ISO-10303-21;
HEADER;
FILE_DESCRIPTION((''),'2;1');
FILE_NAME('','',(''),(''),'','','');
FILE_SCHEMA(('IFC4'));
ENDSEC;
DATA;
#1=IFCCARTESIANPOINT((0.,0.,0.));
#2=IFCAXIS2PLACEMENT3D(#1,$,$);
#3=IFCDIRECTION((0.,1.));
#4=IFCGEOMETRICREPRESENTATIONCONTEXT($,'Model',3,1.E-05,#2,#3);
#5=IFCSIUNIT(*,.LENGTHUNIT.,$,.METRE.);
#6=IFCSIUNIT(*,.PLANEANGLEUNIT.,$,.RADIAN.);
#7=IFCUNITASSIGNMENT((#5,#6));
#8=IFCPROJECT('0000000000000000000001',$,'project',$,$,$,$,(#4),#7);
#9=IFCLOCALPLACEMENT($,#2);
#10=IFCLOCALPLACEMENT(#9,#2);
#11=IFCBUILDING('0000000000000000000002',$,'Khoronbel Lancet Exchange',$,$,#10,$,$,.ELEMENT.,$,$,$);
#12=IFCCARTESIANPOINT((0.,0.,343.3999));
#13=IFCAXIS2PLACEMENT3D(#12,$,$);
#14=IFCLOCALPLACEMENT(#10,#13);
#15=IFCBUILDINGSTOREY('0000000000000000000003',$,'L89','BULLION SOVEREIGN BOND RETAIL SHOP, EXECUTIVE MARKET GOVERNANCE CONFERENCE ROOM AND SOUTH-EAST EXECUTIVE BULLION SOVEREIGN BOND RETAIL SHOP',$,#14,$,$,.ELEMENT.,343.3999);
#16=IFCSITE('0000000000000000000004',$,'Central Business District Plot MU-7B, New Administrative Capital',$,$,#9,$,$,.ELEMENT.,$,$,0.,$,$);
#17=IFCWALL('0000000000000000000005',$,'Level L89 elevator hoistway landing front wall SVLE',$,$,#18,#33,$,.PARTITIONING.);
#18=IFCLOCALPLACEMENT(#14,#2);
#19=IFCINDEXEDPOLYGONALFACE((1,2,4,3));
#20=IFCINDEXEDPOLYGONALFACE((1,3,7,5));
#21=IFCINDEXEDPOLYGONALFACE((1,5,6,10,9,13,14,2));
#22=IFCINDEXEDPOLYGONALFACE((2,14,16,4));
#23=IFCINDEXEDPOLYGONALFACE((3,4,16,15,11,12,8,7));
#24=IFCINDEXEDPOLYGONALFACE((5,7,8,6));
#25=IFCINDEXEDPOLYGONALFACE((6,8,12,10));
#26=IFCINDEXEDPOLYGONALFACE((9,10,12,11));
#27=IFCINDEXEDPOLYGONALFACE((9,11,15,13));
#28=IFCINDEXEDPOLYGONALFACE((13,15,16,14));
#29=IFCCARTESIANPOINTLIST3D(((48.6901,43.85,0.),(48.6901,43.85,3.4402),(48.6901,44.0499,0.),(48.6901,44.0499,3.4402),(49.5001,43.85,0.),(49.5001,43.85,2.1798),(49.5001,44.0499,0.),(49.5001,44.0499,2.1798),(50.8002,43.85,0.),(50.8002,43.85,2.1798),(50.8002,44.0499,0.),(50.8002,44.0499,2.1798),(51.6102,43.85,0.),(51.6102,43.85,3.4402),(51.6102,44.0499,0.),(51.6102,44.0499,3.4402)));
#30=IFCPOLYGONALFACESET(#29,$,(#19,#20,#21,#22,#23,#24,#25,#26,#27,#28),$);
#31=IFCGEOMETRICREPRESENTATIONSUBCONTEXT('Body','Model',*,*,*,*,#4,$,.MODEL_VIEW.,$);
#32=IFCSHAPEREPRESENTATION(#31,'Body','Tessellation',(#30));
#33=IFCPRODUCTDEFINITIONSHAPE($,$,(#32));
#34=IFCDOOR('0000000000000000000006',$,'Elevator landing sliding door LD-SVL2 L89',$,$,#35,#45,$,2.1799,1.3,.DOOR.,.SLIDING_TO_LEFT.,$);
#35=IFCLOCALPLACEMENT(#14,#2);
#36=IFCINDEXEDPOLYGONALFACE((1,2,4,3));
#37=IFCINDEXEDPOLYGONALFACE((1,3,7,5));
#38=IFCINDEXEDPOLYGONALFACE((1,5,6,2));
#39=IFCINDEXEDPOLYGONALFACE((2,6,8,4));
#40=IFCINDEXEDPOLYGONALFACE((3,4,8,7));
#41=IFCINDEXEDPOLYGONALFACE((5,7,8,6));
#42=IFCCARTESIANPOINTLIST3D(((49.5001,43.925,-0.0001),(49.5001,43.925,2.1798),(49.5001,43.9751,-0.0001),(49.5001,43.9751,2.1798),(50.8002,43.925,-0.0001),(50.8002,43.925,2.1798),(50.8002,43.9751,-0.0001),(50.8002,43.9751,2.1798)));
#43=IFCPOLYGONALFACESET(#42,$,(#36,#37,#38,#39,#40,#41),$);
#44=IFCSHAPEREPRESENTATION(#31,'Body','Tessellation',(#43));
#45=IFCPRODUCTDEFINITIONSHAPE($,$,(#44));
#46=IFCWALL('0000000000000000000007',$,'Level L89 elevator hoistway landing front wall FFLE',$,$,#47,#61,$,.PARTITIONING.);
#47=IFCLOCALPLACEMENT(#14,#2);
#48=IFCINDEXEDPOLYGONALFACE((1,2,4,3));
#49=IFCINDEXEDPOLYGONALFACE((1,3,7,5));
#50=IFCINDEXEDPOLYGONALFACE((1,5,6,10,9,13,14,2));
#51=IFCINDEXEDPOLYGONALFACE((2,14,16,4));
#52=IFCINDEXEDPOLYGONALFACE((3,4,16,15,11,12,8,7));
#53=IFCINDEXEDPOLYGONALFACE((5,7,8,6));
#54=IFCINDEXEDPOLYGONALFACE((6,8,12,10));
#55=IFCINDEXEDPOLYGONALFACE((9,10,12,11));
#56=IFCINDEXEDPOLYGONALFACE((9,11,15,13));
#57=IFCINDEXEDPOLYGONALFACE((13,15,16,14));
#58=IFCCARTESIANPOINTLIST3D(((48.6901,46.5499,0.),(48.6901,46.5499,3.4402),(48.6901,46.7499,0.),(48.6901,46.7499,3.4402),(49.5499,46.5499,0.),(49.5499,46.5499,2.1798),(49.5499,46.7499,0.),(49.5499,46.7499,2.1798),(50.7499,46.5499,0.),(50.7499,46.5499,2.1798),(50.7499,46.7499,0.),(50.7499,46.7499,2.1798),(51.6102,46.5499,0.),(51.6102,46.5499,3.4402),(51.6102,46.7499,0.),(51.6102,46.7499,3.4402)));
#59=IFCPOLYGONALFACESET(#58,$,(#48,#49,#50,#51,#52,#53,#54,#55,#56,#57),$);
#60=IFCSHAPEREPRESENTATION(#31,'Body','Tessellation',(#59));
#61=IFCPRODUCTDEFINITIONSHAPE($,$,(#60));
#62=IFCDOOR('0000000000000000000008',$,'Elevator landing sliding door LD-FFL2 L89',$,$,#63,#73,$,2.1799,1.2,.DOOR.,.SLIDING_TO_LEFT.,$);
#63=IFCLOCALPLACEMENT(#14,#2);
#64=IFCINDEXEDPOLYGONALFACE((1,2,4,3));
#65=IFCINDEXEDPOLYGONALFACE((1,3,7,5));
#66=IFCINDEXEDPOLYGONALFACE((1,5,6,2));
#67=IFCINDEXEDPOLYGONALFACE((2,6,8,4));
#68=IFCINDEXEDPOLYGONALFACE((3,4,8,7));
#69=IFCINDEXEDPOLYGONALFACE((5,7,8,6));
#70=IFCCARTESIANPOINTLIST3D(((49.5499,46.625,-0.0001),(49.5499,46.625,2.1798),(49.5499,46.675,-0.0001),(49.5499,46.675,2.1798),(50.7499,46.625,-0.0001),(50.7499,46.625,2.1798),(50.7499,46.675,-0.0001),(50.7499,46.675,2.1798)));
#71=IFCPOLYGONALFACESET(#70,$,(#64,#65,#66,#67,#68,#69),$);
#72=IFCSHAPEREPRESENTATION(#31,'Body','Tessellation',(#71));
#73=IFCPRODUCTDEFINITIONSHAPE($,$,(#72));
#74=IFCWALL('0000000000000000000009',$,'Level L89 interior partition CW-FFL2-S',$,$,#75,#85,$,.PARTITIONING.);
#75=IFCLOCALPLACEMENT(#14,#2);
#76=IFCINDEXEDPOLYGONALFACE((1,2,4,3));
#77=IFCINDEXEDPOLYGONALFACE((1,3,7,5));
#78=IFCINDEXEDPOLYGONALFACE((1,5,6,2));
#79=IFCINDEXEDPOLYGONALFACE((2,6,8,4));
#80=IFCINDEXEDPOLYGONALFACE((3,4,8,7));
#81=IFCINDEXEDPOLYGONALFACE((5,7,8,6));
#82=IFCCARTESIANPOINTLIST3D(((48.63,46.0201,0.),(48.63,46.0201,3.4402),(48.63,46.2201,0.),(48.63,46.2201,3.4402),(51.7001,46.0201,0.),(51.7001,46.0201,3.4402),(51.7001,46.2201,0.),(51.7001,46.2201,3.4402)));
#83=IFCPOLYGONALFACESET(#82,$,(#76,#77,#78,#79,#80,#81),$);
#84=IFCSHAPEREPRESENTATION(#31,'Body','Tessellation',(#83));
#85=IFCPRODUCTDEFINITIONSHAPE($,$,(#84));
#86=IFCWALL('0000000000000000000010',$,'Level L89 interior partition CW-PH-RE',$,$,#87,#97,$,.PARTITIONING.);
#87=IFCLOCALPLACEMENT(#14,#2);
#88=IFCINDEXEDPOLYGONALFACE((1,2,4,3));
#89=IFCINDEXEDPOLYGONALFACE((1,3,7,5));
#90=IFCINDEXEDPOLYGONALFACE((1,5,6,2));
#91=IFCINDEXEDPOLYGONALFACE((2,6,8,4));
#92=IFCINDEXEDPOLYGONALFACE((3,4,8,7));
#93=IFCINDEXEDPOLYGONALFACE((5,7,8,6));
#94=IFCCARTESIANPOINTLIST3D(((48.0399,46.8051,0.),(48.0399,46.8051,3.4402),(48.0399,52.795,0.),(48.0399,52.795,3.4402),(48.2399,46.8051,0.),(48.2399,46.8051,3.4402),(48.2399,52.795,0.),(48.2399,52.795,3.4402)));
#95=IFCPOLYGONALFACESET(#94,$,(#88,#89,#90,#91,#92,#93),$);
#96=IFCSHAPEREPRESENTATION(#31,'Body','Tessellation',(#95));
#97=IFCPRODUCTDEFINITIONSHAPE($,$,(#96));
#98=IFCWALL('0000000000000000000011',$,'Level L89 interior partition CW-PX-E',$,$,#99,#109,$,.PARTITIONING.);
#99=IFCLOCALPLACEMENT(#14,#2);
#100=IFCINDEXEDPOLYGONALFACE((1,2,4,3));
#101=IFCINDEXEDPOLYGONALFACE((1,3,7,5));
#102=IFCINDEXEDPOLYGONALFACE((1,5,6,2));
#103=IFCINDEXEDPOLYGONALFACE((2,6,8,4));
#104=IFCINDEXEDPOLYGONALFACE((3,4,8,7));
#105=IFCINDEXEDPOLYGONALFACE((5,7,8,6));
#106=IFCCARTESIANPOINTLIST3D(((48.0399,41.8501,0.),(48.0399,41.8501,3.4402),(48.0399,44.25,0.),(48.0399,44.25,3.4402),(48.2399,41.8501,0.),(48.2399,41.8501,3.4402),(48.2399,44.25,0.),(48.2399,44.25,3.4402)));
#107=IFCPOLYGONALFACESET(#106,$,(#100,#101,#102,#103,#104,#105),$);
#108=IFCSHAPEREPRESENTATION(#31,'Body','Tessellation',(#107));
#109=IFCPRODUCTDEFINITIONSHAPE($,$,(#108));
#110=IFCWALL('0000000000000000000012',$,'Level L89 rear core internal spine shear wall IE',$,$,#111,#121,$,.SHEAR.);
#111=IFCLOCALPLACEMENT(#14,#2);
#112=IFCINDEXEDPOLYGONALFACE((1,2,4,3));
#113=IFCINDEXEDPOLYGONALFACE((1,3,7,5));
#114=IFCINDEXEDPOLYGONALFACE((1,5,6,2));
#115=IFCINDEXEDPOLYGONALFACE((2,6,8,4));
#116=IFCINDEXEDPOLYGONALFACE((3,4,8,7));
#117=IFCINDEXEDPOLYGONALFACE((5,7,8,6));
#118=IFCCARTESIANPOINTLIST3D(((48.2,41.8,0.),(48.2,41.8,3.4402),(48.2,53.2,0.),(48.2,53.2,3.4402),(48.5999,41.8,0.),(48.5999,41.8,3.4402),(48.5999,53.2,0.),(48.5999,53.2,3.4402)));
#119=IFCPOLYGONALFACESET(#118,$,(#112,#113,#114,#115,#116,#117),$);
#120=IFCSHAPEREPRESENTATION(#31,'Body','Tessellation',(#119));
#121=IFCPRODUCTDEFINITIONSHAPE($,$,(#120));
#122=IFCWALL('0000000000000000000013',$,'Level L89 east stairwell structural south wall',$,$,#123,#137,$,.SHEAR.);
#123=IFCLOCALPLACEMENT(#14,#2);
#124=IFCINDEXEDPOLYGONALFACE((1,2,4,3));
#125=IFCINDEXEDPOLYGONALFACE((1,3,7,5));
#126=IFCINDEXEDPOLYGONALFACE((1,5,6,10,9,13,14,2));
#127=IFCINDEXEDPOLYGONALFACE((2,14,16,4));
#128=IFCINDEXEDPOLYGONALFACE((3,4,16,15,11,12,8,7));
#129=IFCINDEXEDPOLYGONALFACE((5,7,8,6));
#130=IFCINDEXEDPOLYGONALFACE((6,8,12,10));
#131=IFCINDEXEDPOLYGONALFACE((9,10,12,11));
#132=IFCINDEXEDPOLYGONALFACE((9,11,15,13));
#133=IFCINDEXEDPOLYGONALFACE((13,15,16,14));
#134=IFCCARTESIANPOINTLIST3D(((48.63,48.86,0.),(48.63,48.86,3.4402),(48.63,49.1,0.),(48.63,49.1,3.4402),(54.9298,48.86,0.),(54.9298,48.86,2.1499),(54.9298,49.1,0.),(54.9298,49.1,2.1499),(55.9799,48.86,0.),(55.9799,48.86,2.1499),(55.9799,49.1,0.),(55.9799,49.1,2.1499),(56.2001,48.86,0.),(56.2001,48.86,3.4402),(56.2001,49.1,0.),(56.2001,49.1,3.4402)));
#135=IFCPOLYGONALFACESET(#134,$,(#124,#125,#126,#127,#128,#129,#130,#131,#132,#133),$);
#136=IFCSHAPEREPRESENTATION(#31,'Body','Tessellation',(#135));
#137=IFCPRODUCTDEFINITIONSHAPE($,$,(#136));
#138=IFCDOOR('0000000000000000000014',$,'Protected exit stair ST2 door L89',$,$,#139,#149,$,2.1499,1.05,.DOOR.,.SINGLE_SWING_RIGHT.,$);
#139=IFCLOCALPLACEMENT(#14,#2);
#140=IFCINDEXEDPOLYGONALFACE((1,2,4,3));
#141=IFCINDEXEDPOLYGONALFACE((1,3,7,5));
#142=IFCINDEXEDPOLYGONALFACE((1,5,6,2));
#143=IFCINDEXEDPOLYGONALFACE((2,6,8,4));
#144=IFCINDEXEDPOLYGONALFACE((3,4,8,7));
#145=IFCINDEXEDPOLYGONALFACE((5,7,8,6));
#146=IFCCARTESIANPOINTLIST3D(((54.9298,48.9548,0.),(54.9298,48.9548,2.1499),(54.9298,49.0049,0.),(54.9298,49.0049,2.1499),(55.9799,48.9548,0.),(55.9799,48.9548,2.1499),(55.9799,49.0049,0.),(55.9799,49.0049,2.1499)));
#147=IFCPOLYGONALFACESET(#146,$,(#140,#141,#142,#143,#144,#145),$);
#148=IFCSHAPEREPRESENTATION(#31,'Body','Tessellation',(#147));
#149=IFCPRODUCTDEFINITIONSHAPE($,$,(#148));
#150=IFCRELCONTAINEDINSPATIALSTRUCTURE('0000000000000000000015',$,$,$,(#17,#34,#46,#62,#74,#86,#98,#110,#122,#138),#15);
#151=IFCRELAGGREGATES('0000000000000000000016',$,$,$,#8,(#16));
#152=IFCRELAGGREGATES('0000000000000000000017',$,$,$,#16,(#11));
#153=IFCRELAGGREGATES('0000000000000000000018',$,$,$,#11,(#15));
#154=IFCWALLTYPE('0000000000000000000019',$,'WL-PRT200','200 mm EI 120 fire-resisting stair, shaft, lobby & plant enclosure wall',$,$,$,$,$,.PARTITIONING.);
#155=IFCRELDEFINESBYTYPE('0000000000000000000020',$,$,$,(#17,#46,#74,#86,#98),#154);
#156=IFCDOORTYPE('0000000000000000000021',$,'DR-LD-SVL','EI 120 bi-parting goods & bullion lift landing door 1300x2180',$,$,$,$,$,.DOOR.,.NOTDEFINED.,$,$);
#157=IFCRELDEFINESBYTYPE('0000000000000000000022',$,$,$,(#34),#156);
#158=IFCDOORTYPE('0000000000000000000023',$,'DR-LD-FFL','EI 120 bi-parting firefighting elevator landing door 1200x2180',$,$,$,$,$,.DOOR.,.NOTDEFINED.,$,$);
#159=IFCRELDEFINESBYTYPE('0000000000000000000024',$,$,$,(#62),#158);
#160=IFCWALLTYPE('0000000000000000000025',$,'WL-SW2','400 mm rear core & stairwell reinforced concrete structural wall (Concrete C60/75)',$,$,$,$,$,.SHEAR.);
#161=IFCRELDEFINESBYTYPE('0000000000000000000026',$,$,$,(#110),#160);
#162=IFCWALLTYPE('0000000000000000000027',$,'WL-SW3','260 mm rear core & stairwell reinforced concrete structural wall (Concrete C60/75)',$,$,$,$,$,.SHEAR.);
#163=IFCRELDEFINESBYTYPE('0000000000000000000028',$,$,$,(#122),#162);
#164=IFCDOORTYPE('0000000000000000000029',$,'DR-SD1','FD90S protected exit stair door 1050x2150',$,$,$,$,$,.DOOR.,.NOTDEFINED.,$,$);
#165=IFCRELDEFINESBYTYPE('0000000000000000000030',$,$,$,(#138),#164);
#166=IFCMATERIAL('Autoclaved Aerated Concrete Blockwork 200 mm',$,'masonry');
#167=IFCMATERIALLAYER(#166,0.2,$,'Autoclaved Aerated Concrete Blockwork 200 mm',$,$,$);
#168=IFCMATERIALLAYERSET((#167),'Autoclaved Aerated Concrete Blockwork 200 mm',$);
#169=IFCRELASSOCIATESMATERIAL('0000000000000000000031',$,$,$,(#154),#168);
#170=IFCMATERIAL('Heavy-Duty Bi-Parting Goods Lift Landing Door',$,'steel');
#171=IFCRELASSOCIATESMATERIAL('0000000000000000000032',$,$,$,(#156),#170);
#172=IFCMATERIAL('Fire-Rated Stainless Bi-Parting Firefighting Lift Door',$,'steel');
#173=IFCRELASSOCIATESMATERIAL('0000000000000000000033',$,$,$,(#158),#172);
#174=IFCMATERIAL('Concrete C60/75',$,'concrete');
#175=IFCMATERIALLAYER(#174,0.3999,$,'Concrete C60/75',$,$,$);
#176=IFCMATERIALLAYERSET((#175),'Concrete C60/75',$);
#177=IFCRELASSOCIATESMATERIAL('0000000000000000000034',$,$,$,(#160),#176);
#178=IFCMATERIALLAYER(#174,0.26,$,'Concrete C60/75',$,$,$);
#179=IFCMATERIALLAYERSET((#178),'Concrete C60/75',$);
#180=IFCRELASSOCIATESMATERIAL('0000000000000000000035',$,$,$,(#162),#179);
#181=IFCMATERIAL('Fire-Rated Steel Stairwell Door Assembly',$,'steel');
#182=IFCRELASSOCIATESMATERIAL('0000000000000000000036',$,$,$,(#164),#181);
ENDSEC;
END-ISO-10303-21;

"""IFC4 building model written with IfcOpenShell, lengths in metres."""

from ifc_helpers import new_model, si_unit, direction, frame, frame_2d, origin, place, context, subcontext, project, spatial, rectangle, extrude, material, layer, layer_set, type_object, element, fill, save


model = new_model("IFC4")

# Units and contexts
model_context = context("Model", 3, precision=1e-05, world=origin(), true_north=direction((0.0, 1.0)))
body_context = subcontext(model_context, "Body", "Model", "MODEL_VIEW")
ifc_project = project(units=[si_unit("LENGTHUNIT", "METRE"), si_unit("PLANEANGLEUNIT", "RADIAN")], contexts=[model_context])

# Site, building, storey
site_placement = place(None, origin())
site = spatial("IfcSite", under=ifc_project, at=site_placement, Name="Central Business District Plot MU-7B, New Administrative Capital", CompositionType="ELEMENT", RefElevation=0.0)
building_placement = place(site_placement, origin())
building = spatial("IfcBuilding", under=site, at=building_placement, Name="Khoronbel Lancet Exchange", CompositionType="ELEMENT")
storey_placement = place(building_placement, frame((0.0, 0.0, 343.3999)))
storey = spatial("IfcBuildingStorey", under=building, at=storey_placement, Name="L89", Description="BULLION SOVEREIGN BOND RETAIL SHOP, EXECUTIVE MARKET GOVERNANCE CONFERENCE ROOM AND SOUTH-EAST EXECUTIVE BULLION SOVEREIGN BOND RETAIL SHOP", CompositionType="ELEMENT", Elevation=343.3999)

# Walls, openings, doors
ifc_material_1 = material(Name="Autoclaved Aerated Concrete Blockwork 200 mm", Category="masonry")
ifc_layer_1 = layer(ifc_material_1, 0.2, Name="Autoclaved Aerated Concrete Blockwork 200 mm")
ifc_layer_set_1 = layer_set([ifc_layer_1], Name="Autoclaved Aerated Concrete Blockwork 200 mm")
wall_type_1 = type_object("IfcWallType", Name="WL-PRT200", Description="200 mm EI 120 fire-resisting stair, shaft, lobby & plant enclosure wall", PredefinedType="PARTITIONING", material=ifc_layer_set_1)
wall_1_placement = place(storey_placement, frame((51.6101, 43.95, 0.0), z_axis=(0.0, 0.0, 1.0), x_axis=(-1.0, 0.0, 0.0)))
wall_1 = element("IfcWall", 1, at=wall_1_placement, inside=storey, type_object=wall_type_1, Name="Level L89 elevator hoistway landing front wall SVLE", PredefinedType="PARTITIONING", context=body_context, shape_type="SweptSolid", body=[
    extrude(rectangle(XDim=2.9202, YDim=0.2, at=frame_2d((1.46, 0.0))), origin(), (0.0, 0.0, 1.0), 3.4402),
])
opening_1_placement = place(wall_1_placement, frame((0.8101, 0.0, 0.0)))
opening_1 = element("IfcOpeningElement", 2, at=opening_1_placement, cuts=wall_1, PredefinedType="OPENING", context=body_context, shape_type="SweptSolid", body=[
    extrude(rectangle(XDim=1.3, YDim=2.1799, at=frame_2d((0.6499, 1.0898))), frame((0.0, 0.1099, 0.0), z_axis=(0.0, -1.0, 0.0), x_axis=(1.0, 0.0, 0.0)), (0.0, 0.0, 1.0), 0.22),
])
ifc_material_2 = material(Name="Heavy-Duty Bi-Parting Goods Lift Landing Door", Category="steel")
door_type_1 = type_object("IfcDoorType", Name="DR-LD-SVL", Description="EI 120 bi-parting goods & bullion lift landing door 1300x2180", OperationType="NOTDEFINED", PredefinedType="DOOR", material=ifc_material_2)
door_1_placement = place(opening_1_placement, origin())
door_1 = element("IfcDoor", 3, at=door_1_placement, inside=storey, type_object=door_type_1, Name="Elevator landing sliding door LD-SVL2 L89", OperationType="SLIDING_TO_LEFT", OverallHeight=2.1799, OverallWidth=1.3, PredefinedType="DOOR", context=body_context, shape_type="SweptSolid", body=[
    extrude(rectangle(XDim=1.3, YDim=2.1799, at=frame_2d((0.6499, 1.0898))), frame((0.0, 0.0249, 0.0), z_axis=(0.0, -1.0, 0.0), x_axis=(1.0, 0.0, 0.0)), (0.0, 0.0, 1.0), 0.05),
])
fill(opening_1, door_1)
wall_2_placement = place(storey_placement, frame((51.6101, 46.6499, 0.0), z_axis=(0.0, 0.0, 1.0), x_axis=(-1.0, 0.0, 0.0)))
wall_2 = element("IfcWall", 4, at=wall_2_placement, inside=storey, type_object=wall_type_1, Name="Level L89 elevator hoistway landing front wall FFLE", PredefinedType="PARTITIONING", context=body_context, shape_type="SweptSolid", body=[
    extrude(rectangle(XDim=2.9202, YDim=0.2, at=frame_2d((1.46, 0.0))), origin(), (0.0, 0.0, 1.0), 3.4402),
])
opening_2_placement = place(wall_2_placement, frame((0.8601, 0.0, 0.0)))
opening_2 = element("IfcOpeningElement", 5, at=opening_2_placement, cuts=wall_2, PredefinedType="OPENING", context=body_context, shape_type="SweptSolid", body=[
    extrude(rectangle(XDim=1.2, YDim=2.1799, at=frame_2d((0.6001, 1.0898))), frame((0.0, 0.1099, 0.0), z_axis=(0.0, -1.0, 0.0), x_axis=(1.0, 0.0, 0.0)), (0.0, 0.0, 1.0), 0.22),
])
ifc_material_3 = material(Name="Fire-Rated Stainless Bi-Parting Firefighting Lift Door", Category="steel")
door_type_2 = type_object("IfcDoorType", Name="DR-LD-FFL", Description="EI 120 bi-parting firefighting elevator landing door 1200x2180", OperationType="NOTDEFINED", PredefinedType="DOOR", material=ifc_material_3)
door_2_placement = place(opening_2_placement, origin())
door_2 = element("IfcDoor", 6, at=door_2_placement, inside=storey, type_object=door_type_2, Name="Elevator landing sliding door LD-FFL2 L89", OperationType="SLIDING_TO_LEFT", OverallHeight=2.1799, OverallWidth=1.2, PredefinedType="DOOR", context=body_context, shape_type="SweptSolid", body=[
    extrude(rectangle(XDim=1.2, YDim=2.1799, at=frame_2d((0.6001, 1.0898))), frame((0.0, 0.0249, 0.0), z_axis=(0.0, -1.0, 0.0), x_axis=(1.0, 0.0, 0.0)), (0.0, 0.0, 1.0), 0.05),
])
fill(opening_2, door_2)

# Wall
wall_3_placement = place(storey_placement, frame((48.6299, 46.1201, 0.0), z_axis=(0.0, 0.0, 1.0), x_axis=(1.0, 0.0, 0.0)))
element("IfcWall", 7, at=wall_3_placement, inside=storey, type_object=wall_type_1, Name="Level L89 interior partition CW-FFL2-S", PredefinedType="PARTITIONING", context=body_context, shape_type="SweptSolid", body=[
    extrude(rectangle(XDim=3.0701, YDim=0.2, at=frame_2d((1.5352, 0.0))), origin(), (0.0, 0.0, 1.0), 3.4402),
])

# Walls
wall_4_placement = place(storey_placement, frame((48.1399, 46.8049, 0.0), z_axis=(0.0, 0.0, 1.0), x_axis=(0.0, 1.0, 0.0)))
element("IfcWall", 8, at=wall_4_placement, inside=storey, type_object=wall_type_1, Name="Level L89 interior partition CW-PH-RE", PredefinedType="PARTITIONING", context=body_context, shape_type="SweptSolid", body=[
    extrude(rectangle(XDim=5.99, YDim=0.2, at=frame_2d((2.9951, 0.0))), origin(), (0.0, 0.0, 1.0), 3.4402),
])
wall_5_placement = place(storey_placement, frame((48.1399, 41.8501, 0.0), z_axis=(0.0, 0.0, 1.0), x_axis=(0.0, 1.0, 0.0)))
element("IfcWall", 9, at=wall_5_placement, inside=storey, type_object=wall_type_1, Name="Level L89 interior partition CW-PX-E", PredefinedType="PARTITIONING", context=body_context, shape_type="SweptSolid", body=[
    extrude(rectangle(XDim=2.3999, YDim=0.2, at=frame_2d((1.2, 0.0))), origin(), (0.0, 0.0, 1.0), 3.4402),
])
ifc_material_4 = material(Name="Concrete C60/75", Category="concrete")
ifc_layer_2 = layer(ifc_material_4, 0.3999, Name="Concrete C60/75")
ifc_layer_set_2 = layer_set([ifc_layer_2], Name="Concrete C60/75")
wall_type_2 = type_object("IfcWallType", Name="WL-SW2", Description="400 mm rear core & stairwell reinforced concrete structural wall (Concrete C60/75)", PredefinedType="SHEAR", material=ifc_layer_set_2)
wall_6_placement = place(storey_placement, frame((48.3999, 41.8, 0.0), z_axis=(0.0, 0.0, 1.0), x_axis=(0.0, 1.0, 0.0)))
element("IfcWall", 10, at=wall_6_placement, inside=storey, type_object=wall_type_2, Name="Level L89 rear core internal spine shear wall IE", PredefinedType="SHEAR", context=body_context, shape_type="SweptSolid", body=[
    extrude(rectangle(XDim=11.3999, YDim=0.3999, at=frame_2d((5.7, 0.0))), origin(), (0.0, 0.0, 1.0), 3.4402),
])

# Wall, opening, door
ifc_layer_3 = layer(ifc_material_4, 0.26, Name="Concrete C60/75")
ifc_layer_set_3 = layer_set([ifc_layer_3], Name="Concrete C60/75")
wall_type_3 = type_object("IfcWallType", Name="WL-SW3", Description="260 mm rear core & stairwell reinforced concrete structural wall (Concrete C60/75)", PredefinedType="SHEAR", material=ifc_layer_set_3)
wall_7_placement = place(storey_placement, frame((48.6299, 48.98, 0.0), z_axis=(0.0, 0.0, 1.0), x_axis=(1.0, 0.0, 0.0)))
wall_7 = element("IfcWall", 11, at=wall_7_placement, inside=storey, type_object=wall_type_3, Name="Level L89 east stairwell structural south wall", PredefinedType="SHEAR", context=body_context, shape_type="SweptSolid", body=[
    extrude(rectangle(XDim=7.5701, YDim=0.24, at=frame_2d((3.7852, 0.0))), origin(), (0.0, 0.0, 1.0), 3.4402),
])
opening_3_placement = place(wall_7_placement, frame((6.3, 0.0, 0.0)))
opening_3 = element("IfcOpeningElement", 12, at=opening_3_placement, cuts=wall_7, PredefinedType="OPENING", context=body_context, shape_type="SweptSolid", body=[
    extrude(rectangle(XDim=1.05, YDim=2.1499, at=frame_2d((0.5249, 1.075))), frame((0.0, 0.1299, 0.0), z_axis=(0.0, -1.0, 0.0), x_axis=(1.0, 0.0, 0.0)), (0.0, 0.0, 1.0), 0.26),
])
ifc_material_5 = material(Name="Fire-Rated Steel Stairwell Door Assembly", Category="steel")
door_type_3 = type_object("IfcDoorType", Name="DR-SD1", Description="FD90S protected exit stair door 1050x2150", OperationType="NOTDEFINED", PredefinedType="DOOR", material=ifc_material_5)
door_3_placement = place(opening_3_placement, origin())
door_3 = element("IfcDoor", 13, at=door_3_placement, inside=storey, type_object=door_type_3, Name="Protected exit stair ST2 door L89", OperationType="SINGLE_SWING_RIGHT", OverallHeight=2.1499, OverallWidth=1.05, PredefinedType="DOOR", context=body_context, shape_type="SweptSolid", body=[
    extrude(rectangle(XDim=1.05, YDim=2.1499, at=frame_2d((0.5249, 1.075))), frame((0.0, 0.0249, 0.0), z_axis=(0.0, -1.0, 0.0), x_axis=(1.0, 0.0, 0.0)), (0.0, 0.0, 1.0), 0.05),
])
fill(opening_3, door_3)

save(model, "model.ifc")
